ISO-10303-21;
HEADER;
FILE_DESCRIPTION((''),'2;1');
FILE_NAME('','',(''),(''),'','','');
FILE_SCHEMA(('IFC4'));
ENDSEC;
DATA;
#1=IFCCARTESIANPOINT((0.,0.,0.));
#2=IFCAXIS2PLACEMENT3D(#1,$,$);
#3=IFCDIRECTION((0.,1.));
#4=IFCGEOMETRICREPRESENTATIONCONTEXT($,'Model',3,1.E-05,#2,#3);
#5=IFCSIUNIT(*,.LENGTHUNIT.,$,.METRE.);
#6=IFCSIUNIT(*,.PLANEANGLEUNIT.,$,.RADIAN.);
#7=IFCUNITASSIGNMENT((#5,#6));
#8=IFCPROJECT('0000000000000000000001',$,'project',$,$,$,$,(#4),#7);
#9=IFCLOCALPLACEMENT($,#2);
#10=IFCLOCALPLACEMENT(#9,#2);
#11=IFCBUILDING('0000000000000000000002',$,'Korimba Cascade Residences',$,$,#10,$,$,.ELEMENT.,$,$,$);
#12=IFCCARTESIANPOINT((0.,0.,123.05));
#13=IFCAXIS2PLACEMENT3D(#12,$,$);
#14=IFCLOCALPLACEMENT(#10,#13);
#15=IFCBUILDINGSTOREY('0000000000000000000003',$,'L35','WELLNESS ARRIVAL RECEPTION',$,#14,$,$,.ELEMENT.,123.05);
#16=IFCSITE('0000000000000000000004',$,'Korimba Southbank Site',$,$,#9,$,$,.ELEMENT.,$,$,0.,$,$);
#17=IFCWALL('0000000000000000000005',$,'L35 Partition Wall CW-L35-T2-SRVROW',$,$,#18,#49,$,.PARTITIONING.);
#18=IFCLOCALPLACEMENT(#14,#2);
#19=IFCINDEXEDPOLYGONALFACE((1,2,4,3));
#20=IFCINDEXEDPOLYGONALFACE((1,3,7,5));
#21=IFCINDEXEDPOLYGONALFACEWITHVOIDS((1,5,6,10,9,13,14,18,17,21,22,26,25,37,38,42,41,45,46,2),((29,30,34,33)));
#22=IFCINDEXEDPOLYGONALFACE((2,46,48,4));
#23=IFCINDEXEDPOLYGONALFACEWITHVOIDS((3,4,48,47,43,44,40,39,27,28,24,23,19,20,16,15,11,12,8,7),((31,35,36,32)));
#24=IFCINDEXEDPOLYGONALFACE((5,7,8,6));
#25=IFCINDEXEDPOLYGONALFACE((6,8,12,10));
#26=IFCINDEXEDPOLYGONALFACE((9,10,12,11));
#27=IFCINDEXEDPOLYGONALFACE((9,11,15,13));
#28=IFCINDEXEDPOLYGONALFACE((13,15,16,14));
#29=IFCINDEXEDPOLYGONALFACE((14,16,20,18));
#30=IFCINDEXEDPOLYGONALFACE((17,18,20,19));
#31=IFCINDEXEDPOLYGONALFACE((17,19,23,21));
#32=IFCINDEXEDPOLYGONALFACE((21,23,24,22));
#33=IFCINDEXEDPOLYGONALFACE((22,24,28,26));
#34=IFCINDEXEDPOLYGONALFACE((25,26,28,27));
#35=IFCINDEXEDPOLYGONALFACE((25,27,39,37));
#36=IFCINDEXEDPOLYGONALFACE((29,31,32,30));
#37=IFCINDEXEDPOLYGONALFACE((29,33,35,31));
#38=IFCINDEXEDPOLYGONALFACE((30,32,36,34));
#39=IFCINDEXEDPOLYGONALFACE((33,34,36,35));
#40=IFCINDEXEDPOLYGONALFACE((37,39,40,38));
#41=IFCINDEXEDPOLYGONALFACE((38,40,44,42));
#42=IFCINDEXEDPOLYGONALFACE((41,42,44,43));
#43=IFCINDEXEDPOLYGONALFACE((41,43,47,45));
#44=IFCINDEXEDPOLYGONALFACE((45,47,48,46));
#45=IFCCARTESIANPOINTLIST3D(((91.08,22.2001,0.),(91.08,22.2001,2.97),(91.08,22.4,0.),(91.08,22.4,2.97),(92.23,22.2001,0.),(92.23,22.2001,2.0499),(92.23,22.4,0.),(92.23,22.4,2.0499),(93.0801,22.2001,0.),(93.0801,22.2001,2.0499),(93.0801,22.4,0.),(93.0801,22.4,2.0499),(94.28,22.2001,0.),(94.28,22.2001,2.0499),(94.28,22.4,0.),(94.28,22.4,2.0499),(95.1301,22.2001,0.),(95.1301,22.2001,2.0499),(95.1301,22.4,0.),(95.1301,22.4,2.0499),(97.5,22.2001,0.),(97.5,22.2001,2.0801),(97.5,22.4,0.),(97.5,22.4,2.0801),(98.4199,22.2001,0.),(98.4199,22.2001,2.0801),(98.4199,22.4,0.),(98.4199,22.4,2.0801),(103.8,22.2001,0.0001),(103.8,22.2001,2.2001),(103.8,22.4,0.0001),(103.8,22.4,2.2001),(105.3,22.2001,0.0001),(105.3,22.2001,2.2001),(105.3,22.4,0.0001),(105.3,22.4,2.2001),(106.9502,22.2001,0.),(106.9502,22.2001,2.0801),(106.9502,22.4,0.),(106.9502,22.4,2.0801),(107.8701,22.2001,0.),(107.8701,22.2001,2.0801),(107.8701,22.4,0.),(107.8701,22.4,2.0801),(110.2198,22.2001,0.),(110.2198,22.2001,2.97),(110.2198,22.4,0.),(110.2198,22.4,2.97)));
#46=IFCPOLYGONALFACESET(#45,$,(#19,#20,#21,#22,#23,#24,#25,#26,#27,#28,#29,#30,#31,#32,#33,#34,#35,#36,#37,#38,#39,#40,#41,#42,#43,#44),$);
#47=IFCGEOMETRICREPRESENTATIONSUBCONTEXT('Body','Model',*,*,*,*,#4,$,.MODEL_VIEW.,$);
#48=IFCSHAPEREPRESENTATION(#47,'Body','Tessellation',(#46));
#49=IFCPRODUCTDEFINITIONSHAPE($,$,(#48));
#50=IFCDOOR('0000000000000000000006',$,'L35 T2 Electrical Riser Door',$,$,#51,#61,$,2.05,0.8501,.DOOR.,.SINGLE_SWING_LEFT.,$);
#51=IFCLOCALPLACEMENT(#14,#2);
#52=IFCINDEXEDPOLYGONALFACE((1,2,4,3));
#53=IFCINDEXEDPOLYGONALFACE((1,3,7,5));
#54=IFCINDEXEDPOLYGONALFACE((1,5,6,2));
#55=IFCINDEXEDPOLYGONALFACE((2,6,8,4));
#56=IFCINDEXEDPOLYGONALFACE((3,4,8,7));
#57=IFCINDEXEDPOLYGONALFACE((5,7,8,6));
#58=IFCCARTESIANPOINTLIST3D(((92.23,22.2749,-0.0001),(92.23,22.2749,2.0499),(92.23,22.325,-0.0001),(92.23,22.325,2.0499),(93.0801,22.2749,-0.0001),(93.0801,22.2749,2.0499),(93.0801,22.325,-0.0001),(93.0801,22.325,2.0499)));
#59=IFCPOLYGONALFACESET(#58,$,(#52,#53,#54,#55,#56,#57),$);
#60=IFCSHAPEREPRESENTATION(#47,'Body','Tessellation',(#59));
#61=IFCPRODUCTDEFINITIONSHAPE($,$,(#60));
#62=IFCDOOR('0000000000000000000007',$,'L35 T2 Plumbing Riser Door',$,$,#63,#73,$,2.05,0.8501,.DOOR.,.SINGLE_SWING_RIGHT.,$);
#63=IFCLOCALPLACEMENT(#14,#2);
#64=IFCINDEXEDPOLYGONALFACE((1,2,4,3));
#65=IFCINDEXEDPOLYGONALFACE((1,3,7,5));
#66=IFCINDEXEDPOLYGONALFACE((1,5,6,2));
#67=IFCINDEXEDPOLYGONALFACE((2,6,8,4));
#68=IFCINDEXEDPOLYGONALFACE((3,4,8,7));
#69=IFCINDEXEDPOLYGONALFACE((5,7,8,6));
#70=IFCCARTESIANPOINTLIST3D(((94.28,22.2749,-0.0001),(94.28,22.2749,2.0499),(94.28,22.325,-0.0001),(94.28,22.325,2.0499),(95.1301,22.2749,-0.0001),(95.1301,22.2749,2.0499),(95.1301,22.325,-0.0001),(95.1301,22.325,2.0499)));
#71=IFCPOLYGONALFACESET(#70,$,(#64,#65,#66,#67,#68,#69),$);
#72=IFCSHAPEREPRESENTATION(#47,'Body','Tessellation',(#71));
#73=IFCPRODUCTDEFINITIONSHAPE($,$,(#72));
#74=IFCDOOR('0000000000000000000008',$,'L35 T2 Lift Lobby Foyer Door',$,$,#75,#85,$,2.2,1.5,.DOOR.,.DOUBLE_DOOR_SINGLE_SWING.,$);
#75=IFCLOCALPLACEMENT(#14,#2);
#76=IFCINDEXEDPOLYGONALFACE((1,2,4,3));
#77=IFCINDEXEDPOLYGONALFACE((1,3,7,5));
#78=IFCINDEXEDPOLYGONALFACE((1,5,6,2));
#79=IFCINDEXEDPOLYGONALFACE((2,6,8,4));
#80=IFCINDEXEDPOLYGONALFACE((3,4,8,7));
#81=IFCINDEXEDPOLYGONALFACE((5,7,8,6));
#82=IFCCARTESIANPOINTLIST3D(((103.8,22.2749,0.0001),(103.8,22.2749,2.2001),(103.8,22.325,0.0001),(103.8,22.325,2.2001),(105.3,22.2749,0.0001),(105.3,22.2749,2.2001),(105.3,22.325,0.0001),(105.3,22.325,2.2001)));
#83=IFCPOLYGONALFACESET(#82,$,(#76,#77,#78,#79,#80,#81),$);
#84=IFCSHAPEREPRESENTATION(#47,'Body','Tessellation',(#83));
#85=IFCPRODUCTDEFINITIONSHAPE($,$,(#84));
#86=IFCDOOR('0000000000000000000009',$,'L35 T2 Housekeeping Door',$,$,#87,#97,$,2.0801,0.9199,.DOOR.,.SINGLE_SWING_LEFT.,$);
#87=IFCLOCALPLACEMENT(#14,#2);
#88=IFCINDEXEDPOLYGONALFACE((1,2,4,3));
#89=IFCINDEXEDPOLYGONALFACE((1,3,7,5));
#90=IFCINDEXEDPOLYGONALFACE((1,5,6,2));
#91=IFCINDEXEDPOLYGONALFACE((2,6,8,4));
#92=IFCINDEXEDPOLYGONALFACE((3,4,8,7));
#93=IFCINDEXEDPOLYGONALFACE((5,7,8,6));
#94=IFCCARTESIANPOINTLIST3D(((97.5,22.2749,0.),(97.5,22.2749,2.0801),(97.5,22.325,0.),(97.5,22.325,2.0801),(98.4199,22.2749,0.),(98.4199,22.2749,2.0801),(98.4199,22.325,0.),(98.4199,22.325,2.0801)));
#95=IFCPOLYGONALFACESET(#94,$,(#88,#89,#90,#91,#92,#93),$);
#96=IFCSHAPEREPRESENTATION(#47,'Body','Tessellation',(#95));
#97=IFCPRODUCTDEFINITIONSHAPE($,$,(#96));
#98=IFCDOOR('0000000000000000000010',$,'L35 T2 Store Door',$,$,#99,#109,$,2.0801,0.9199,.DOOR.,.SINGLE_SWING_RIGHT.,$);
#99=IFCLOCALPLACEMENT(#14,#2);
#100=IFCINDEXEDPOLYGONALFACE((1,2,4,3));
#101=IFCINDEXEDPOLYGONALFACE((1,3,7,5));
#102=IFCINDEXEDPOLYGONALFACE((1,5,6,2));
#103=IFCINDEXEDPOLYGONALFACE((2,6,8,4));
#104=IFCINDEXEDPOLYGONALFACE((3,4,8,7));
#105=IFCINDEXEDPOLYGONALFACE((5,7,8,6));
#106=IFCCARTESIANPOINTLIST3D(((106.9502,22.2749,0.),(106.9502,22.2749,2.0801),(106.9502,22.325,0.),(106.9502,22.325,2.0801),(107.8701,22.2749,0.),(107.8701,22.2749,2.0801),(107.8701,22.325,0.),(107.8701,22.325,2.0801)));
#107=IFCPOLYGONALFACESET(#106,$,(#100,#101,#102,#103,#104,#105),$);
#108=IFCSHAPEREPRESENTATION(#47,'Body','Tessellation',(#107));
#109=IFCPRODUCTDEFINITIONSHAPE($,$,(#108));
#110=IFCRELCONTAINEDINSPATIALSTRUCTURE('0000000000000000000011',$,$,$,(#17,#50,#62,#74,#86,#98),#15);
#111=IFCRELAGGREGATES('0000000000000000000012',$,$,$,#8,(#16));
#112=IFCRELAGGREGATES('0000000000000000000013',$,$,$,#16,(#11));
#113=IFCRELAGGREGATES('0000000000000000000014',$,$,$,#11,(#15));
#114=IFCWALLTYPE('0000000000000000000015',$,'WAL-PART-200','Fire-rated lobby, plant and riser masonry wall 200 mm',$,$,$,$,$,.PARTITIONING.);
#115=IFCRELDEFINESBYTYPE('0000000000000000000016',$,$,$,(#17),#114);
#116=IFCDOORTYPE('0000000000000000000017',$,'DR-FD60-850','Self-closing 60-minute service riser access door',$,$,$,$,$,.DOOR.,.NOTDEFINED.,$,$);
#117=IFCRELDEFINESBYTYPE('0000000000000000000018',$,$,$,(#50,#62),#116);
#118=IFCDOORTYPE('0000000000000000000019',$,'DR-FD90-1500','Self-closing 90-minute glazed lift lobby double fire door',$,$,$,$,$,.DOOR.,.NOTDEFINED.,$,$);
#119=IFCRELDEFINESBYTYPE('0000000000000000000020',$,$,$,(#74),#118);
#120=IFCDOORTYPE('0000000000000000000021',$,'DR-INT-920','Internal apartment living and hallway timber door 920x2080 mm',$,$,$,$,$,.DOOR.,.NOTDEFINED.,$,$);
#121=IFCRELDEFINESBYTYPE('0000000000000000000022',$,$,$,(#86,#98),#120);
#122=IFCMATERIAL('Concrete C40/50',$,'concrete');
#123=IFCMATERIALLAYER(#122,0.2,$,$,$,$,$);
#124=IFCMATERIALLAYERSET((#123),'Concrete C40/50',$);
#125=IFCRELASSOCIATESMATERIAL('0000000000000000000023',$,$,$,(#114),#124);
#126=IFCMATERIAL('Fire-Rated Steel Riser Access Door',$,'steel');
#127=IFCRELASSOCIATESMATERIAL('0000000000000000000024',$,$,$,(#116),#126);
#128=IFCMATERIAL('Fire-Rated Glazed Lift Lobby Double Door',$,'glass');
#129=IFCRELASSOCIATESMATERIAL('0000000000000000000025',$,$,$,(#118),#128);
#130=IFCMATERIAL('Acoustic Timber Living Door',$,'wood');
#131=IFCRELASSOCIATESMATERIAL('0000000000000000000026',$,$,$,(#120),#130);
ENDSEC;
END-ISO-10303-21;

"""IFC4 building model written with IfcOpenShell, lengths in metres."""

from ifc_helpers import new_model, si_unit, direction, frame, frame_2d, origin, place, context, subcontext, project, spatial, rectangle, extrude, material, layer, layer_set, type_object, element, fill, save


model = new_model("IFC4")

# Units and contexts
model_context = context("Model", 3, precision=1e-05, world=origin(), true_north=direction((0.0, 1.0)))
body_context = subcontext(model_context, "Body", "Model", "MODEL_VIEW")
ifc_project = project(units=[si_unit("LENGTHUNIT", "METRE"), si_unit("PLANEANGLEUNIT", "RADIAN")], contexts=[model_context])

# Site, building, storey
site_placement = place(None, origin())
site = spatial("IfcSite", under=ifc_project, at=site_placement, Name="Korimba Southbank Site", CompositionType="ELEMENT", RefElevation=0.0)
building_placement = place(site_placement, origin())
building = spatial("IfcBuilding", under=site, at=building_placement, Name="Korimba Cascade Residences", CompositionType="ELEMENT")
storey_placement = place(building_placement, frame((0.0, 0.0, 123.05)))
storey = spatial("IfcBuildingStorey", under=building, at=storey_placement, Name="L35", Description="WELLNESS ARRIVAL RECEPTION", CompositionType="ELEMENT", Elevation=123.05)

# Shared definitions
ifc_material_1 = material(Name="Concrete C40/50", Category="concrete")
ifc_layer_1 = layer(ifc_material_1, 0.2)
ifc_layer_set_1 = layer_set([ifc_layer_1], Name="Concrete C40/50")
wall_type_1 = type_object("IfcWallType", Name="WAL-PART-200", Description="Fire-rated lobby, plant and riser masonry wall 200 mm", PredefinedType="PARTITIONING", material=ifc_layer_set_1)

# Wall, openings, doors
wall_1_placement = place(storey_placement, frame((91.0801, 22.3, 0.0), z_axis=(0.0, 0.0, 1.0), x_axis=(1.0, 0.0, 0.0)))
wall_1 = element("IfcWall", 1, at=wall_1_placement, inside=storey, type_object=wall_type_1, Name="L35 Partition Wall CW-L35-T2-SRVROW", PredefinedType="PARTITIONING", context=body_context, shape_type="SweptSolid", body=[
    extrude(rectangle(XDim=19.1399, YDim=0.2, at=frame_2d((9.5698, 0.0))), origin(), (0.0, 0.0, 1.0), 2.97),
])
opening_1_placement = place(wall_1_placement, frame((1.1499, 0.0, 0.0)))
opening_1 = element("IfcOpeningElement", 2, at=opening_1_placement, cuts=wall_1, PredefinedType="OPENING", context=body_context, shape_type="SweptSolid", body=[
    extrude(rectangle(XDim=0.8501, YDim=2.05, at=frame_2d((0.425, 1.0249))), frame((0.0, 0.1099, 0.0), z_axis=(0.0, -1.0, 0.0), x_axis=(1.0, 0.0, 0.0)), (0.0, 0.0, 1.0), 0.22),
])
opening_2_placement = place(wall_1_placement, frame((3.2, 0.0, 0.0)))
opening_2 = element("IfcOpeningElement", 3, at=opening_2_placement, cuts=wall_1, PredefinedType="OPENING", context=body_context, shape_type="SweptSolid", body=[
    extrude(rectangle(XDim=0.8501, YDim=2.05, at=frame_2d((0.425, 1.0249))), frame((0.0, 0.1099, 0.0), z_axis=(0.0, -1.0, 0.0), x_axis=(1.0, 0.0, 0.0)), (0.0, 0.0, 1.0), 0.22),
])
opening_3_placement = place(wall_1_placement, frame((12.72, 0.0, 0.0)))
opening_3 = element("IfcOpeningElement", 4, at=opening_3_placement, cuts=wall_1, PredefinedType="OPENING", context=body_context, shape_type="SweptSolid", body=[
    extrude(rectangle(XDim=1.5, YDim=2.2, at=frame_2d((0.75, 1.1001))), frame((0.0, 0.1099, 0.0), z_axis=(0.0, -1.0, 0.0), x_axis=(1.0, 0.0, 0.0)), (0.0, 0.0, 1.0), 0.22),
])
opening_4_placement = place(wall_1_placement, frame((6.4199, 0.0, 0.0)))
opening_4 = element("IfcOpeningElement", 5, at=opening_4_placement, cuts=wall_1, PredefinedType="OPENING", context=body_context, shape_type="SweptSolid", body=[
    extrude(rectangle(XDim=0.9199, YDim=2.0801, at=frame_2d((0.46, 1.04))), frame((0.0, 0.1099, 0.0), z_axis=(0.0, -1.0, 0.0), x_axis=(1.0, 0.0, 0.0)), (0.0, 0.0, 1.0), 0.22),
])
opening_5_placement = place(wall_1_placement, frame((15.8701, 0.0, 0.0)))
opening_5 = element("IfcOpeningElement", 6, at=opening_5_placement, cuts=wall_1, PredefinedType="OPENING", context=body_context, shape_type="SweptSolid", body=[
    extrude(rectangle(XDim=0.9199, YDim=2.0801, at=frame_2d((0.46, 1.04))), frame((0.0, 0.1099, 0.0), z_axis=(0.0, -1.0, 0.0), x_axis=(1.0, 0.0, 0.0)), (0.0, 0.0, 1.0), 0.22),
])
ifc_material_2 = material(Name="Fire-Rated Steel Riser Access Door", Category="steel")
door_type_1 = type_object("IfcDoorType", Name="DR-FD60-850", Description="Self-closing 60-minute service riser access door", OperationType="NOTDEFINED", PredefinedType="DOOR", material=ifc_material_2)
door_1_placement = place(opening_1_placement, origin())
door_1 = element("IfcDoor", 7, at=door_1_placement, inside=storey, type_object=door_type_1, Name="L35 T2 Electrical Riser Door", OperationType="SINGLE_SWING_LEFT", OverallHeight=2.05, OverallWidth=0.8501, PredefinedType="DOOR", context=body_context, shape_type="SweptSolid", body=[
    extrude(rectangle(XDim=0.8501, YDim=2.05, at=frame_2d((0.425, 1.0249))), frame((0.0, 0.0249, 0.0), z_axis=(0.0, -1.0, 0.0), x_axis=(1.0, 0.0, 0.0)), (0.0, 0.0, 1.0), 0.05),
])
fill(opening_1, door_1)
door_2_placement = place(opening_2_placement, origin())
door_2 = element("IfcDoor", 8, at=door_2_placement, inside=storey, type_object=door_type_1, Name="L35 T2 Plumbing Riser Door", OperationType="SINGLE_SWING_RIGHT", OverallHeight=2.05, OverallWidth=0.8501, PredefinedType="DOOR", context=body_context, shape_type="SweptSolid", body=[
    extrude(rectangle(XDim=0.8501, YDim=2.05, at=frame_2d((0.425, 1.0249))), frame((0.0, 0.0249, 0.0), z_axis=(0.0, -1.0, 0.0), x_axis=(1.0, 0.0, 0.0)), (0.0, 0.0, 1.0), 0.05),
])
fill(opening_2, door_2)
ifc_material_3 = material(Name="Fire-Rated Glazed Lift Lobby Double Door", Category="glass")
door_type_2 = type_object("IfcDoorType", Name="DR-FD90-1500", Description="Self-closing 90-minute glazed lift lobby double fire door", OperationType="NOTDEFINED", PredefinedType="DOOR", material=ifc_material_3)
door_3_placement = place(opening_3_placement, origin())
door_3 = element("IfcDoor", 9, at=door_3_placement, inside=storey, type_object=door_type_2, Name="L35 T2 Lift Lobby Foyer Door", OperationType="DOUBLE_DOOR_SINGLE_SWING", OverallHeight=2.2, OverallWidth=1.5, PredefinedType="DOOR", context=body_context, shape_type="SweptSolid", body=[
    extrude(rectangle(XDim=1.5, YDim=2.2, at=frame_2d((0.75, 1.1001))), frame((0.0, 0.0249, 0.0), z_axis=(0.0, -1.0, 0.0), x_axis=(1.0, 0.0, 0.0)), (0.0, 0.0, 1.0), 0.05),
])
fill(opening_3, door_3)
ifc_material_4 = material(Name="Acoustic Timber Living Door", Category="wood")
door_type_3 = type_object("IfcDoorType", Name="DR-INT-920", Description="Internal apartment living and hallway timber door 920x2080 mm", OperationType="NOTDEFINED", PredefinedType="DOOR", material=ifc_material_4)
door_4_placement = place(opening_4_placement, origin())
door_4 = element("IfcDoor", 10, at=door_4_placement, inside=storey, type_object=door_type_3, Name="L35 T2 Housekeeping Door", OperationType="SINGLE_SWING_LEFT", OverallHeight=2.0801, OverallWidth=0.9199, PredefinedType="DOOR", context=body_context, shape_type="SweptSolid", body=[
    extrude(rectangle(XDim=0.9199, YDim=2.0801, at=frame_2d((0.46, 1.04))), frame((0.0, 0.0249, 0.0), z_axis=(0.0, -1.0, 0.0), x_axis=(1.0, 0.0, 0.0)), (0.0, 0.0, 1.0), 0.05),
])
fill(opening_4, door_4)
door_5_placement = place(opening_5_placement, origin())
door_5 = element("IfcDoor", 11, at=door_5_placement, inside=storey, type_object=door_type_3, Name="L35 T2 Store Door", OperationType="SINGLE_SWING_RIGHT", OverallHeight=2.0801, OverallWidth=0.9199, PredefinedType="DOOR", context=body_context, shape_type="SweptSolid", body=[
    extrude(rectangle(XDim=0.9199, YDim=2.0801, at=frame_2d((0.46, 1.04))), frame((0.0, 0.0249, 0.0), z_axis=(0.0, -1.0, 0.0), x_axis=(1.0, 0.0, 0.0)), (0.0, 0.0, 1.0), 0.05),
])
fill(opening_5, door_5)

save(model, "model.ifc")
